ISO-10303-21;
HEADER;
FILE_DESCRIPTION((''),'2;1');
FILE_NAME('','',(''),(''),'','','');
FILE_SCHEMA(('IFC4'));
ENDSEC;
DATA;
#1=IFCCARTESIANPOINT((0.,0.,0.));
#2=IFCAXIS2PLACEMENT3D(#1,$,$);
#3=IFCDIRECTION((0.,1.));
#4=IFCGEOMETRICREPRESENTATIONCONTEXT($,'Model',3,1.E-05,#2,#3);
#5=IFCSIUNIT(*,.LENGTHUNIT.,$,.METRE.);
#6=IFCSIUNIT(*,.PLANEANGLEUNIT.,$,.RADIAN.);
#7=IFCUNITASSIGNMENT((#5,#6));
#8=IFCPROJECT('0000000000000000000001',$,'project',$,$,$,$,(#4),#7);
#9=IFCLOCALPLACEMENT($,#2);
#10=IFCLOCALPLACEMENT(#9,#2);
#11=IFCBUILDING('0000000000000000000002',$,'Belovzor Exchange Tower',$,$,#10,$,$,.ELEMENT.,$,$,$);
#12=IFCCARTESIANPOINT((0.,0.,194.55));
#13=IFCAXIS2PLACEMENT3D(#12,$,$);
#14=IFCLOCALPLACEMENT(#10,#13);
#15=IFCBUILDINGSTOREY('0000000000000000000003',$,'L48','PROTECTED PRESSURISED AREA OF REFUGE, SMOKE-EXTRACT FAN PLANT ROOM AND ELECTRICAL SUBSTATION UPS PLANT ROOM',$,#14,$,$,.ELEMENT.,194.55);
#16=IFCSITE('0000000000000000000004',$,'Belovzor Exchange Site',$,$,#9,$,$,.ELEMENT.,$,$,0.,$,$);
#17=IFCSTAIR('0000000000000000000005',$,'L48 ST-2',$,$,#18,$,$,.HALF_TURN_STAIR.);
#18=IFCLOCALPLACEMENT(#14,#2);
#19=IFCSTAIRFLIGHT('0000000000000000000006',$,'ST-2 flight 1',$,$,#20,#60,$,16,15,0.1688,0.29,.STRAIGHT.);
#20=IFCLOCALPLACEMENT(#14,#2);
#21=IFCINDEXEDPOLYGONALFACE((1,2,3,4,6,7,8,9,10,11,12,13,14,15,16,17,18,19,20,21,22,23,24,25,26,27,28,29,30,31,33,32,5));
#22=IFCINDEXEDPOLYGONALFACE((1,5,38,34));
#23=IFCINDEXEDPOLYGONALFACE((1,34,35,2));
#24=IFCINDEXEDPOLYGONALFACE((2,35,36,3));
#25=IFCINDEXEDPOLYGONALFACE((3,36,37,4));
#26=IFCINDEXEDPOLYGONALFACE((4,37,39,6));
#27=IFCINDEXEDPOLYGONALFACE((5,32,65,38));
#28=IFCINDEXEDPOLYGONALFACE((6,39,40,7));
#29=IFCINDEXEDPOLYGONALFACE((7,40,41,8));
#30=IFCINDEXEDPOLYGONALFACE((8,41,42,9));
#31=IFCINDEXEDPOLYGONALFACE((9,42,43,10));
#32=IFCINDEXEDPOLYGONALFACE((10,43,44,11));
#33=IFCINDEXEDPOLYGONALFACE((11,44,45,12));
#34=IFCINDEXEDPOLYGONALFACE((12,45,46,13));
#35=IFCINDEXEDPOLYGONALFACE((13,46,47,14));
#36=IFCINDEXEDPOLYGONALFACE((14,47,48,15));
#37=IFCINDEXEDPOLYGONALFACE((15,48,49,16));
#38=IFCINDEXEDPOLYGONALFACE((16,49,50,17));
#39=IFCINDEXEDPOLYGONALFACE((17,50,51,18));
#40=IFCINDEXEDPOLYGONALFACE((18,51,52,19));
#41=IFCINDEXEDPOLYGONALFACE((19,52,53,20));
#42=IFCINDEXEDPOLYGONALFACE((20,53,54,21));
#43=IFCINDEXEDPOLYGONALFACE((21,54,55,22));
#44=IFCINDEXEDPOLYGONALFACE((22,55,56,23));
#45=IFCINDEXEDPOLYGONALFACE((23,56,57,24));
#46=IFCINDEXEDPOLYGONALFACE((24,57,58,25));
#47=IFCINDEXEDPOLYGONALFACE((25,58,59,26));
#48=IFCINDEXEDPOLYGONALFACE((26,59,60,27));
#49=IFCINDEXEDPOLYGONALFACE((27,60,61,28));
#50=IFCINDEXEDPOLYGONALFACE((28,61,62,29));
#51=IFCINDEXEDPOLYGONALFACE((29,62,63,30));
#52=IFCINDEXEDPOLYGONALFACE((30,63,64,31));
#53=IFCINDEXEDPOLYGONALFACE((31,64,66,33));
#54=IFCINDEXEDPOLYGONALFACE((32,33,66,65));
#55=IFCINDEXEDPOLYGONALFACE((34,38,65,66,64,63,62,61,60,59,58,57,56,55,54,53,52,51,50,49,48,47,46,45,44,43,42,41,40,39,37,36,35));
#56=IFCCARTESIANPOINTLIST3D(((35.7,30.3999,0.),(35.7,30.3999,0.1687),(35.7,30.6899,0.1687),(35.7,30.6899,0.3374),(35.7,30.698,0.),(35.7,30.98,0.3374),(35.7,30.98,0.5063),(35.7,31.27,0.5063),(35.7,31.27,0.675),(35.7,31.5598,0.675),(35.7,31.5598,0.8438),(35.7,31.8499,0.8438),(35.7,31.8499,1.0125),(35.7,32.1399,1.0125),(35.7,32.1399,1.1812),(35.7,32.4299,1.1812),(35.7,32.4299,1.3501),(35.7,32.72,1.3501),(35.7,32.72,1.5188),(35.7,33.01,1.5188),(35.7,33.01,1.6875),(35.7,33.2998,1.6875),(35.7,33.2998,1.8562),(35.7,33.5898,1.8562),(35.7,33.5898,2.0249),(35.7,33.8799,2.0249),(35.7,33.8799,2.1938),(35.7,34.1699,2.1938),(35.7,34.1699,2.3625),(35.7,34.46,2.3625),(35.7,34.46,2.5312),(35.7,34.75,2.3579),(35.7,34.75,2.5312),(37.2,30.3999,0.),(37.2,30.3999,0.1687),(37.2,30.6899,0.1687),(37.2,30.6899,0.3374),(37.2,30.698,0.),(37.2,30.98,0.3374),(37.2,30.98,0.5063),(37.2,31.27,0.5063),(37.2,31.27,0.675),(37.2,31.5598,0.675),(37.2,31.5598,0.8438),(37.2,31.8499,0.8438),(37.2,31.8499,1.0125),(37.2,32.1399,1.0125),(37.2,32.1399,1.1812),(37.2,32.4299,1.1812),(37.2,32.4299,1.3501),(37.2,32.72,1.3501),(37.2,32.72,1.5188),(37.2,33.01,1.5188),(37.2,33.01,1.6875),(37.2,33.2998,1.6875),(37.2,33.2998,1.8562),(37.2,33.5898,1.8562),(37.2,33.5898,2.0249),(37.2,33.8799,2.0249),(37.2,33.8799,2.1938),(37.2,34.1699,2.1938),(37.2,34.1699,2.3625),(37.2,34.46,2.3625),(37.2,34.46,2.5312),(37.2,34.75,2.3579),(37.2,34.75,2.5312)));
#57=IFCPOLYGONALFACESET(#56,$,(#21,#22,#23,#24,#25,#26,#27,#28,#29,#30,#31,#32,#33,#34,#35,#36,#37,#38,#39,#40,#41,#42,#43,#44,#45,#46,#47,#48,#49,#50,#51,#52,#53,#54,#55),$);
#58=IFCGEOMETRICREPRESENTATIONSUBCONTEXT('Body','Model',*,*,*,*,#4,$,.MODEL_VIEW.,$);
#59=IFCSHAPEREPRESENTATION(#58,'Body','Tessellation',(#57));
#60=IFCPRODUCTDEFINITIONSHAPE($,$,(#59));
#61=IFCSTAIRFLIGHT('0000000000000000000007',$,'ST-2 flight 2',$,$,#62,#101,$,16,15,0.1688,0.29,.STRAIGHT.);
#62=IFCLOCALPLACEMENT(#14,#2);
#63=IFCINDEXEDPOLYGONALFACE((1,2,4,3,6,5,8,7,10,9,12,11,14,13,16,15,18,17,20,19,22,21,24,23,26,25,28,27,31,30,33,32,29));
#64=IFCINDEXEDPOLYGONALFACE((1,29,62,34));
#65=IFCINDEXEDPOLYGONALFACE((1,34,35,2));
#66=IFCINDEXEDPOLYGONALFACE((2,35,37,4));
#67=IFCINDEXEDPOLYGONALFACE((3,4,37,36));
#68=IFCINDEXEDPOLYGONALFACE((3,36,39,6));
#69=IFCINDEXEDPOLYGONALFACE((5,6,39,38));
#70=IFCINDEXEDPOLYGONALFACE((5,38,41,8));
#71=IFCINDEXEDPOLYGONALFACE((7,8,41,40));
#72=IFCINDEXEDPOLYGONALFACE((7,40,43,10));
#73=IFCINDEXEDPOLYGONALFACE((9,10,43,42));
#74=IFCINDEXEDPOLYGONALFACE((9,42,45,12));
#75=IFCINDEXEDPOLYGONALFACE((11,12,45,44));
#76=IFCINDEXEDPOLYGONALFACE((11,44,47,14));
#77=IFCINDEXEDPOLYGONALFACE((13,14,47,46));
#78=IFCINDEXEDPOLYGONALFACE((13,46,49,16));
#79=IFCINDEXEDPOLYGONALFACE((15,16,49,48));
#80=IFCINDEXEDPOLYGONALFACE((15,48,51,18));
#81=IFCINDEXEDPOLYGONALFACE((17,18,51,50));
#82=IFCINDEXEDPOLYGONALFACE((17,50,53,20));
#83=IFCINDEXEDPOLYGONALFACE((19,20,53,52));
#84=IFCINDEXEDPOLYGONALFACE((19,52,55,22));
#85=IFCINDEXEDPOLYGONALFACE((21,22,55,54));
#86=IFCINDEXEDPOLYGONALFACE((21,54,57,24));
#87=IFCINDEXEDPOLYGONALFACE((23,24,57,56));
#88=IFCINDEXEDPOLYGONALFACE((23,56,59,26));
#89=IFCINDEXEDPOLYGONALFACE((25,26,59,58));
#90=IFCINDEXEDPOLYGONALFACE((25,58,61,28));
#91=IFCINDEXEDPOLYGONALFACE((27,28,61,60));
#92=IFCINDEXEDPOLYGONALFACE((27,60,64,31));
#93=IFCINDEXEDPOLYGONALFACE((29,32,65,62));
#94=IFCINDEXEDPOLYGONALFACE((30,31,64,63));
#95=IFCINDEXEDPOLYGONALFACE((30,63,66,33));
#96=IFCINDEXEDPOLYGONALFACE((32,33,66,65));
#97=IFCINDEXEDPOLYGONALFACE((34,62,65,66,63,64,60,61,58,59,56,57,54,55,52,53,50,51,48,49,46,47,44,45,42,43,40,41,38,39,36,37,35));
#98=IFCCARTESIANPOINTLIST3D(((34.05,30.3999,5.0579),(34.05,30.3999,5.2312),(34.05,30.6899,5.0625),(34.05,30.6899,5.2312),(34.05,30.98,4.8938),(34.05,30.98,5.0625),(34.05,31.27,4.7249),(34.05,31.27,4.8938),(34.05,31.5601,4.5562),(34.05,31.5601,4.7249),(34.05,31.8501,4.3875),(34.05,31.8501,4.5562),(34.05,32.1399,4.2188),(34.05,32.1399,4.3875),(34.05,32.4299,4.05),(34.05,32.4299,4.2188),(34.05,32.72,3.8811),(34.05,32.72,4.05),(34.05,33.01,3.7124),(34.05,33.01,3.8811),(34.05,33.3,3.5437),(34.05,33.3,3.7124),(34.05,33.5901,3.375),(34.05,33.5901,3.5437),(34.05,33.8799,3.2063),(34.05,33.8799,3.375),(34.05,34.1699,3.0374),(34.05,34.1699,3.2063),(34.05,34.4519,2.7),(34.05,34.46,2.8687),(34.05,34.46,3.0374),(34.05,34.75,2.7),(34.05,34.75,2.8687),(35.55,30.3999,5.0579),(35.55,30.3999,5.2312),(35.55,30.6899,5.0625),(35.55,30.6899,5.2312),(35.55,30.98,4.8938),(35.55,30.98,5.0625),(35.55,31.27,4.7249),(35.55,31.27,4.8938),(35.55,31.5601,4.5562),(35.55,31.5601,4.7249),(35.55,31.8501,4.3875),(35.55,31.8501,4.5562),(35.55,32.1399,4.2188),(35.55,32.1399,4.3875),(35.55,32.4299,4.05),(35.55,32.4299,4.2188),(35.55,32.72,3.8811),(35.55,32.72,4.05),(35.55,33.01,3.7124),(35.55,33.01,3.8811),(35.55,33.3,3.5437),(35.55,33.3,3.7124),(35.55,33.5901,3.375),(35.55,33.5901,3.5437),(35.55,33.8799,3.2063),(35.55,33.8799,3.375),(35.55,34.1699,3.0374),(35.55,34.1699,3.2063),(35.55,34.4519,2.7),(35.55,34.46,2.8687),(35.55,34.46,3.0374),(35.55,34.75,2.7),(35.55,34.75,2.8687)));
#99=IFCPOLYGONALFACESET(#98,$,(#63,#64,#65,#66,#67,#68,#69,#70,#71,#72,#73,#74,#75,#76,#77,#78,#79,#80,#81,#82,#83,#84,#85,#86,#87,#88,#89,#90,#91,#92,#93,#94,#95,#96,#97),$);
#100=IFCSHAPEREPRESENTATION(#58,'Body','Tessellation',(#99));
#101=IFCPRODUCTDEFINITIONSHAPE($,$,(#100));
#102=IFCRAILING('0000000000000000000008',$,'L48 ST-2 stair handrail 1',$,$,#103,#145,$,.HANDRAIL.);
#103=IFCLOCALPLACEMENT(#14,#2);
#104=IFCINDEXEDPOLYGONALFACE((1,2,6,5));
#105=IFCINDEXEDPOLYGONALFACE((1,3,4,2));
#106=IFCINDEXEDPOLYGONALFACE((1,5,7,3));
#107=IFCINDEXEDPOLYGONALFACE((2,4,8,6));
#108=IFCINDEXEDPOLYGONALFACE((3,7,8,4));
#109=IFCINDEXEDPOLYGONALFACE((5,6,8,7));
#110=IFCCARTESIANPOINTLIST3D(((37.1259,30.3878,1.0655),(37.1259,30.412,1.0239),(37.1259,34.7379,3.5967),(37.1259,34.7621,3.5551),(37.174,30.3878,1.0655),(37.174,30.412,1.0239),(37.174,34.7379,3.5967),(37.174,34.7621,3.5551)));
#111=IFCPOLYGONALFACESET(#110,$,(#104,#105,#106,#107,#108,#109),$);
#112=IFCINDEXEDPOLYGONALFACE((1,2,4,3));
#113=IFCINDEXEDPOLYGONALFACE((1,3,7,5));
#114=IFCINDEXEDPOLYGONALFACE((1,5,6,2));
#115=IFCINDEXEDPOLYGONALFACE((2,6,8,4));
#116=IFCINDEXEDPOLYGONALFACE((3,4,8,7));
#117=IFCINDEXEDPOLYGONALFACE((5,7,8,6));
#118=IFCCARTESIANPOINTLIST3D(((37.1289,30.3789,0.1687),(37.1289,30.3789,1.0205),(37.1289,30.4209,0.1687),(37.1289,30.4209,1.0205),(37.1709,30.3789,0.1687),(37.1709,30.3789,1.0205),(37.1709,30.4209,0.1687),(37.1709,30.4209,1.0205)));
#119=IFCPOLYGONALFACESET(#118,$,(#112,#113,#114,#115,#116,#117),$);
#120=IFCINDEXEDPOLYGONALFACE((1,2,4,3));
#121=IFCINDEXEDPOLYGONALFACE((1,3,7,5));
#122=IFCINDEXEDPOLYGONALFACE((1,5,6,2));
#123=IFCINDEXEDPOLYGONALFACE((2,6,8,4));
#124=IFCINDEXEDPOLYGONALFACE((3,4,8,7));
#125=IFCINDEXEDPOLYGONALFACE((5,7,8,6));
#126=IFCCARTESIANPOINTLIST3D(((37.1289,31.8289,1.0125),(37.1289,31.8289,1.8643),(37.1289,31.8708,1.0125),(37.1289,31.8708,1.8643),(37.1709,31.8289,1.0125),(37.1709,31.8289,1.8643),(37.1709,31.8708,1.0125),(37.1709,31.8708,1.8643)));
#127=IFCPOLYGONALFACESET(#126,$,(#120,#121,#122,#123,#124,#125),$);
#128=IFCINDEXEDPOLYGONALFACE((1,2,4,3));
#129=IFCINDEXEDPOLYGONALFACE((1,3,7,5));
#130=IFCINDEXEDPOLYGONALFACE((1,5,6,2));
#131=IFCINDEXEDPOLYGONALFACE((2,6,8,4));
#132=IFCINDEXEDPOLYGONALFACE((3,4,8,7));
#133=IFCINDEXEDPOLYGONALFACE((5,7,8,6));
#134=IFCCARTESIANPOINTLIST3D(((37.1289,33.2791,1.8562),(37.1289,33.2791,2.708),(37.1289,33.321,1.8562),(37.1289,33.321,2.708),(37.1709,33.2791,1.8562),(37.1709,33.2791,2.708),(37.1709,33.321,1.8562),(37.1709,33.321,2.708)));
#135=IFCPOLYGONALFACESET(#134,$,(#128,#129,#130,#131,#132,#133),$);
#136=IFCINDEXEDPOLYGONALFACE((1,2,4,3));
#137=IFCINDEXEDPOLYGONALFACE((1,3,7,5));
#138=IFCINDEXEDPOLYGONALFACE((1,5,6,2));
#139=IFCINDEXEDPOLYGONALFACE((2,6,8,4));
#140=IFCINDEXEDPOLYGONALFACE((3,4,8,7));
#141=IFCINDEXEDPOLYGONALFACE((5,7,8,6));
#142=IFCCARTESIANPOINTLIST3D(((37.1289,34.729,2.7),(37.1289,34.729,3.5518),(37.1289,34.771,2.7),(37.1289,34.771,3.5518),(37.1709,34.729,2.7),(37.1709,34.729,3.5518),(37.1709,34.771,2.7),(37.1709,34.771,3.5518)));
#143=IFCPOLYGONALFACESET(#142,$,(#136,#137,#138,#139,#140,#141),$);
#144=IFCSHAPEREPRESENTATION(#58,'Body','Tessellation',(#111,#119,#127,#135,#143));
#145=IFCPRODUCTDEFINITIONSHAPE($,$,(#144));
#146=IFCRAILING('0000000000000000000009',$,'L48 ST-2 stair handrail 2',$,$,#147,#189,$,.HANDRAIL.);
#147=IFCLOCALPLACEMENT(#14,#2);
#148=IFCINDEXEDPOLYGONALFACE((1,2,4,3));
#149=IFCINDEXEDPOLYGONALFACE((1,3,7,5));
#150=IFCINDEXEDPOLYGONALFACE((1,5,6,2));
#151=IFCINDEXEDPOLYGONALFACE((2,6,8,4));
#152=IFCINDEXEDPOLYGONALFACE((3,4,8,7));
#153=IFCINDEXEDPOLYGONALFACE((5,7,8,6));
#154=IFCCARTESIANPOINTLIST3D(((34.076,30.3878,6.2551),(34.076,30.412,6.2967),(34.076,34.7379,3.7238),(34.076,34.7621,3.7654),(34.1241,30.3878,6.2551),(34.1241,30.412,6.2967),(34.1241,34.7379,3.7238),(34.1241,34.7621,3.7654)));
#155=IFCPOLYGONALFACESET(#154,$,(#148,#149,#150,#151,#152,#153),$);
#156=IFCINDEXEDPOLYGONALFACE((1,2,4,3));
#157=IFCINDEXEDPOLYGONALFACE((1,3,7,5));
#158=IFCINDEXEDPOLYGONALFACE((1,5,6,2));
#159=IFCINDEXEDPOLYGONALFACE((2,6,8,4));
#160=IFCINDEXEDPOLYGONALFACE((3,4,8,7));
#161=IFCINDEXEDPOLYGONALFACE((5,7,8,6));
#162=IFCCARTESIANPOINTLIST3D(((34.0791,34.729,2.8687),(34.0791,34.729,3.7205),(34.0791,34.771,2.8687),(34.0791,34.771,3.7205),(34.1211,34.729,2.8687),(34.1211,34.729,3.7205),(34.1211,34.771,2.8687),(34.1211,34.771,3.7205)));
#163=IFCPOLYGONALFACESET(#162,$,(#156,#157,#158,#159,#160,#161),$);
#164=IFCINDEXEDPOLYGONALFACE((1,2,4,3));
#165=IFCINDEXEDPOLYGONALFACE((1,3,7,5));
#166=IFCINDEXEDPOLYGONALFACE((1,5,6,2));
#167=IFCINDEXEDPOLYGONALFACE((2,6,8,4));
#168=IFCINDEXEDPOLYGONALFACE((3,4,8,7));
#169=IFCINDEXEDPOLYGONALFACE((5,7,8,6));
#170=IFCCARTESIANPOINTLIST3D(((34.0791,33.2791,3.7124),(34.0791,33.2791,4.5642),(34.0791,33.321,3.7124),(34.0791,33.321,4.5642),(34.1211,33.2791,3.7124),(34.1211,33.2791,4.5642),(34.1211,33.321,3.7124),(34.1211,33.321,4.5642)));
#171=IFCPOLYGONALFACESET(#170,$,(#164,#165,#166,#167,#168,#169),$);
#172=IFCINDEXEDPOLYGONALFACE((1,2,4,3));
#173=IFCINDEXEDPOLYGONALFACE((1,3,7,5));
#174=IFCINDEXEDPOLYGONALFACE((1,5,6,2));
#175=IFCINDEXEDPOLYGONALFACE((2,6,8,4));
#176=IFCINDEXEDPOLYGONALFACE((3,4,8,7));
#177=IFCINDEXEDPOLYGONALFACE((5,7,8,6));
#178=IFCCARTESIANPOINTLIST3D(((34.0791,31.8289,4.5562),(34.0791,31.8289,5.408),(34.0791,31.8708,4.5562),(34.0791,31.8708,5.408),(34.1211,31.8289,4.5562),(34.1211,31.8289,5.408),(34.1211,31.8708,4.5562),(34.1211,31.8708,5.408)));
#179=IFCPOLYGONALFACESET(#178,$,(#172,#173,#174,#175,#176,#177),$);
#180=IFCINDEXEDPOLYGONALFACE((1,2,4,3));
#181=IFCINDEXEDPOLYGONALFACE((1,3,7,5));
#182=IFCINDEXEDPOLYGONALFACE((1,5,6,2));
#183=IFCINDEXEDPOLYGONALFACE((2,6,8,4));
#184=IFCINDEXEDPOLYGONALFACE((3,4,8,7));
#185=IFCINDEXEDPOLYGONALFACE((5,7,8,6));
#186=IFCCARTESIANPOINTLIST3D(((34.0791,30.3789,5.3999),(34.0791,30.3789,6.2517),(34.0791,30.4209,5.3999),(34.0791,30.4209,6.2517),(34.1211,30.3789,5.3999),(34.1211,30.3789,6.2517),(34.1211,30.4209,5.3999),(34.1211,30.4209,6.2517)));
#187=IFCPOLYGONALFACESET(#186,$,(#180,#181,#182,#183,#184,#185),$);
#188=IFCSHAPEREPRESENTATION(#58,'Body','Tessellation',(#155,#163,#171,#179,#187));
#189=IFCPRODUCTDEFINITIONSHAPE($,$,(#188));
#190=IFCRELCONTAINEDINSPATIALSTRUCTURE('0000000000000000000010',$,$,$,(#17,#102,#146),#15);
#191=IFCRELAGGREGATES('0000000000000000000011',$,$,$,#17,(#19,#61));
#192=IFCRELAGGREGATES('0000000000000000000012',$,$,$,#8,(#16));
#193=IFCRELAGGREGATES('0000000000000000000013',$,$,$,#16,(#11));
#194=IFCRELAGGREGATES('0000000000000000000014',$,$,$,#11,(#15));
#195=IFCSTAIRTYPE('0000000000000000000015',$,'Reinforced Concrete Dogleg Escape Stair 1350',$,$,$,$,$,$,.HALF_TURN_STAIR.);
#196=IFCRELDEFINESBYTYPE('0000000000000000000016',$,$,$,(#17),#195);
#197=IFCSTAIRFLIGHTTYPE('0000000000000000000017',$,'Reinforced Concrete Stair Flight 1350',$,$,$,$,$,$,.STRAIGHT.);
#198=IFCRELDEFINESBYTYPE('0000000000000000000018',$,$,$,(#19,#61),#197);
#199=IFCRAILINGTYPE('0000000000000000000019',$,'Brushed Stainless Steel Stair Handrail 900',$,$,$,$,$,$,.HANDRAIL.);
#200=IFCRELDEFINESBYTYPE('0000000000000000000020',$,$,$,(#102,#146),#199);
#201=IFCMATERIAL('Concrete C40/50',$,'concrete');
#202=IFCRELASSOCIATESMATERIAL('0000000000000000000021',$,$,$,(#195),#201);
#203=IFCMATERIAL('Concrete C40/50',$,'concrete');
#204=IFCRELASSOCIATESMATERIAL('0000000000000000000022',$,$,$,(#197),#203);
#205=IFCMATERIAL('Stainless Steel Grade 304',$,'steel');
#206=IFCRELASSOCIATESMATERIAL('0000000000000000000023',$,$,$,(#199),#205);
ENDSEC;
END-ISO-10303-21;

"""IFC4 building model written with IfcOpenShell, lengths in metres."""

from ifc_helpers import new_model, si_unit, direction, frame, origin, origin_2d, place, context, subcontext, project, spatial, polyline, rectangle, outline, extrude, material, type_object, element, aggregate, save


model = new_model("IFC4")

# Units and contexts
model_context = context("Model", 3, precision=1e-05, world=origin(), true_north=direction((0.0, 1.0)))
body_context = subcontext(model_context, "Body", "Model", "MODEL_VIEW")
ifc_project = project(units=[si_unit("LENGTHUNIT", "METRE"), si_unit("PLANEANGLEUNIT", "RADIAN")], contexts=[model_context])

# Site, building, storey
site_placement = place(None, origin())
site = spatial("IfcSite", under=ifc_project, at=site_placement, Name="Belovzor Exchange Site", CompositionType="ELEMENT", RefElevation=0.0)
building_placement = place(site_placement, origin())
building = spatial("IfcBuilding", under=site, at=building_placement, Name="Belovzor Exchange Tower", CompositionType="ELEMENT")
storey_placement = place(building_placement, frame((0.0, 0.0, 194.55)))
storey = spatial("IfcBuildingStorey", under=building, at=storey_placement, Name="L48", Description="PROTECTED PRESSURISED AREA OF REFUGE, SMOKE-EXTRACT FAN PLANT ROOM AND ELECTRICAL SUBSTATION UPS PLANT ROOM", CompositionType="ELEMENT", Elevation=194.55)

# Stair, stair flights
ifc_material_1 = material(Name="Concrete C40/50", Category="concrete")
stair_type = type_object("IfcStairType", Name="Reinforced Concrete Dogleg Escape Stair 1350", PredefinedType="HALF_TURN_STAIR", material=ifc_material_1)
stair_placement = place(storey_placement, origin())
stair = element("IfcStair", 1, at=stair_placement, inside=storey, type_object=stair_type, Name="L48 ST-2", PredefinedType="HALF_TURN_STAIR")
ifc_material_2 = material(Name="Concrete C40/50", Category="concrete")
stair_flight_type = type_object("IfcStairFlightType", Name="Reinforced Concrete Stair Flight 1350", PredefinedType="STRAIGHT", material=ifc_material_2)
stair_flight_1_placement = place(storey_placement, frame((36.45, 30.3999, 0.0), z_axis=(0.0, 0.0, 1.0), x_axis=(0.0, 1.0, 0.0)))
stair_flight_1 = element("IfcStairFlight", 2, at=stair_flight_1_placement, type_object=stair_flight_type, Name="ST-2 flight 1", NumberOfRisers=16, NumberOfTreads=15, PredefinedType="STRAIGHT", RiserHeight=0.1688, TreadLength=0.29, context=body_context, shape_type="SweptSolid", body=[
    extrude(outline(polyline([(0.0, 0.0), (0.0, 0.1687), (0.29, 0.1687), (0.29, 0.3374), (0.5801, 0.3374), (0.5801, 0.5063), (0.8701, 0.5063), (0.8701, 0.675), (1.1599, 0.675), (1.1599, 0.8438), (1.45, 0.8438), (1.45, 1.0125), (1.74, 1.0125), (1.74, 1.1812), (2.03, 1.1812), (2.03, 1.3501), (2.3201, 1.3501), (2.3201, 1.5188), (2.6101, 1.5188), (2.6101, 1.6875), (2.8999, 1.6875), (2.8999, 1.8562), (3.1899, 1.8562), (3.1899, 2.0249), (3.48, 2.0249), (3.48, 2.1938), (3.77, 2.1938), (3.77, 2.3625), (4.0601, 2.3625), (4.0601, 2.5312), (4.3501, 2.5312), (4.3501, 2.7), (4.3501, 2.3579), (0.2981, 0.0), (0.0, 0.0)])), frame((0.0, 0.75, 0.0), z_axis=(0.0, -1.0, 0.0), x_axis=(1.0, 0.0, 0.0)), (0.0, 0.0, 1.0), 1.5),
])
stair_flight_2_placement = place(storey_placement, frame((34.8, 34.75, 2.7), z_axis=(0.0, 0.0, 1.0), x_axis=(0.0, -1.0, 0.0)))
stair_flight_2 = element("IfcStairFlight", 3, at=stair_flight_2_placement, type_object=stair_flight_type, Name="ST-2 flight 2", NumberOfRisers=16, NumberOfTreads=15, PredefinedType="STRAIGHT", RiserHeight=0.1688, TreadLength=0.29, context=body_context, shape_type="SweptSolid", body=[
    extrude(outline(polyline([(0.0, 0.0), (0.0, 0.1687), (0.29, 0.1687), (0.29, 0.3374), (0.5801, 0.3374), (0.5801, 0.5063), (0.8701, 0.5063), (0.8701, 0.675), (1.1599, 0.675), (1.1599, 0.8438), (1.45, 0.8438), (1.45, 1.0125), (1.74, 1.0125), (1.74, 1.1812), (2.03, 1.1812), (2.03, 1.3501), (2.3201, 1.3501), (2.3201, 1.5188), (2.6101, 1.5188), (2.6101, 1.6875), (2.8999, 1.6875), (2.8999, 1.8562), (3.1899, 1.8562), (3.1899, 2.0249), (3.48, 2.0249), (3.48, 2.1938), (3.77, 2.1938), (3.77, 2.3625), (4.0601, 2.3625), (4.0601, 2.5312), (4.3501, 2.5312), (4.3501, 2.7), (4.3501, 2.3579), (0.2981, 0.0), (0.0, 0.0)])), frame((0.0, 0.75, 0.0), z_axis=(0.0, -1.0, 0.0), x_axis=(1.0, 0.0, 0.0)), (0.0, 0.0, 1.0), 1.5),
])
aggregate(stair, [stair_flight_1, stair_flight_2])

# Railings
ifc_material_3 = material(Name="Stainless Steel Grade 304", Category="steel")
railing_type_1 = type_object("IfcRailingType", Name="Brushed Stainless Steel Stair Handrail 900", PredefinedType="HANDRAIL", material=ifc_material_3)
railing_1_placement = place(storey_placement, frame((37.1499, 30.3999, 0.1687)))
element("IfcRailing", 4, at=railing_1_placement, inside=storey, type_object=railing_type_1, Name="L48 ST-2 stair handrail 1", PredefinedType="HANDRAIL", context=body_context, shape_type="SweptSolid", body=[
    extrude(rectangle(XDim=0.0481, YDim=0.0481, at=origin_2d()), frame((0.0, 0.0, 0.876), z_axis=(0.0, 0.864324, 0.502936), x_axis=(-1.0, 0.0, 0.0)), (0.0, 0.0, 1.0), 5.033),
    extrude(rectangle(XDim=0.042, YDim=0.042, at=origin_2d()), origin(), (0.0, 0.0, 1.0), 0.8518),
    extrude(rectangle(XDim=0.042, YDim=0.042, at=origin_2d()), frame((0.0, 1.45, 0.8438)), (0.0, 0.0, 1.0), 0.8518),
    extrude(rectangle(XDim=0.042, YDim=0.042, at=origin_2d()), frame((0.0, 2.9001, 1.6875)), (0.0, 0.0, 1.0), 0.8518),
    extrude(rectangle(XDim=0.042, YDim=0.042, at=origin_2d()), frame((0.0, 4.3501, 2.5312)), (0.0, 0.0, 1.0), 0.8518),
])
railing_2_placement = place(storey_placement, frame((34.1001, 34.75, 2.8687)))
element("IfcRailing", 5, at=railing_2_placement, inside=storey, type_object=railing_type_1, Name="L48 ST-2 stair handrail 2", PredefinedType="HANDRAIL", context=body_context, shape_type="SweptSolid", body=[
    extrude(rectangle(XDim=0.0481, YDim=0.0481, at=origin_2d()), frame((0.0, 0.0, 0.876), z_axis=(0.0, -0.864324, 0.502936), x_axis=(1.0, 0.0, 0.0)), (0.0, 0.0, 1.0), 5.033),
    extrude(rectangle(XDim=0.042, YDim=0.042, at=origin_2d()), origin(), (0.0, 0.0, 1.0), 0.8518),
    extrude(rectangle(XDim=0.042, YDim=0.042, at=origin_2d()), frame((0.0, -1.45, 0.8438)), (0.0, 0.0, 1.0), 0.8518),
    extrude(rectangle(XDim=0.042, YDim=0.042, at=origin_2d()), frame((0.0, -2.9001, 1.6875)), (0.0, 0.0, 1.0), 0.8518),
    extrude(rectangle(XDim=0.042, YDim=0.042, at=origin_2d()), frame((0.0, -4.3501, 2.5312)), (0.0, 0.0, 1.0), 0.8518),
])

save(model, "model.ifc")
